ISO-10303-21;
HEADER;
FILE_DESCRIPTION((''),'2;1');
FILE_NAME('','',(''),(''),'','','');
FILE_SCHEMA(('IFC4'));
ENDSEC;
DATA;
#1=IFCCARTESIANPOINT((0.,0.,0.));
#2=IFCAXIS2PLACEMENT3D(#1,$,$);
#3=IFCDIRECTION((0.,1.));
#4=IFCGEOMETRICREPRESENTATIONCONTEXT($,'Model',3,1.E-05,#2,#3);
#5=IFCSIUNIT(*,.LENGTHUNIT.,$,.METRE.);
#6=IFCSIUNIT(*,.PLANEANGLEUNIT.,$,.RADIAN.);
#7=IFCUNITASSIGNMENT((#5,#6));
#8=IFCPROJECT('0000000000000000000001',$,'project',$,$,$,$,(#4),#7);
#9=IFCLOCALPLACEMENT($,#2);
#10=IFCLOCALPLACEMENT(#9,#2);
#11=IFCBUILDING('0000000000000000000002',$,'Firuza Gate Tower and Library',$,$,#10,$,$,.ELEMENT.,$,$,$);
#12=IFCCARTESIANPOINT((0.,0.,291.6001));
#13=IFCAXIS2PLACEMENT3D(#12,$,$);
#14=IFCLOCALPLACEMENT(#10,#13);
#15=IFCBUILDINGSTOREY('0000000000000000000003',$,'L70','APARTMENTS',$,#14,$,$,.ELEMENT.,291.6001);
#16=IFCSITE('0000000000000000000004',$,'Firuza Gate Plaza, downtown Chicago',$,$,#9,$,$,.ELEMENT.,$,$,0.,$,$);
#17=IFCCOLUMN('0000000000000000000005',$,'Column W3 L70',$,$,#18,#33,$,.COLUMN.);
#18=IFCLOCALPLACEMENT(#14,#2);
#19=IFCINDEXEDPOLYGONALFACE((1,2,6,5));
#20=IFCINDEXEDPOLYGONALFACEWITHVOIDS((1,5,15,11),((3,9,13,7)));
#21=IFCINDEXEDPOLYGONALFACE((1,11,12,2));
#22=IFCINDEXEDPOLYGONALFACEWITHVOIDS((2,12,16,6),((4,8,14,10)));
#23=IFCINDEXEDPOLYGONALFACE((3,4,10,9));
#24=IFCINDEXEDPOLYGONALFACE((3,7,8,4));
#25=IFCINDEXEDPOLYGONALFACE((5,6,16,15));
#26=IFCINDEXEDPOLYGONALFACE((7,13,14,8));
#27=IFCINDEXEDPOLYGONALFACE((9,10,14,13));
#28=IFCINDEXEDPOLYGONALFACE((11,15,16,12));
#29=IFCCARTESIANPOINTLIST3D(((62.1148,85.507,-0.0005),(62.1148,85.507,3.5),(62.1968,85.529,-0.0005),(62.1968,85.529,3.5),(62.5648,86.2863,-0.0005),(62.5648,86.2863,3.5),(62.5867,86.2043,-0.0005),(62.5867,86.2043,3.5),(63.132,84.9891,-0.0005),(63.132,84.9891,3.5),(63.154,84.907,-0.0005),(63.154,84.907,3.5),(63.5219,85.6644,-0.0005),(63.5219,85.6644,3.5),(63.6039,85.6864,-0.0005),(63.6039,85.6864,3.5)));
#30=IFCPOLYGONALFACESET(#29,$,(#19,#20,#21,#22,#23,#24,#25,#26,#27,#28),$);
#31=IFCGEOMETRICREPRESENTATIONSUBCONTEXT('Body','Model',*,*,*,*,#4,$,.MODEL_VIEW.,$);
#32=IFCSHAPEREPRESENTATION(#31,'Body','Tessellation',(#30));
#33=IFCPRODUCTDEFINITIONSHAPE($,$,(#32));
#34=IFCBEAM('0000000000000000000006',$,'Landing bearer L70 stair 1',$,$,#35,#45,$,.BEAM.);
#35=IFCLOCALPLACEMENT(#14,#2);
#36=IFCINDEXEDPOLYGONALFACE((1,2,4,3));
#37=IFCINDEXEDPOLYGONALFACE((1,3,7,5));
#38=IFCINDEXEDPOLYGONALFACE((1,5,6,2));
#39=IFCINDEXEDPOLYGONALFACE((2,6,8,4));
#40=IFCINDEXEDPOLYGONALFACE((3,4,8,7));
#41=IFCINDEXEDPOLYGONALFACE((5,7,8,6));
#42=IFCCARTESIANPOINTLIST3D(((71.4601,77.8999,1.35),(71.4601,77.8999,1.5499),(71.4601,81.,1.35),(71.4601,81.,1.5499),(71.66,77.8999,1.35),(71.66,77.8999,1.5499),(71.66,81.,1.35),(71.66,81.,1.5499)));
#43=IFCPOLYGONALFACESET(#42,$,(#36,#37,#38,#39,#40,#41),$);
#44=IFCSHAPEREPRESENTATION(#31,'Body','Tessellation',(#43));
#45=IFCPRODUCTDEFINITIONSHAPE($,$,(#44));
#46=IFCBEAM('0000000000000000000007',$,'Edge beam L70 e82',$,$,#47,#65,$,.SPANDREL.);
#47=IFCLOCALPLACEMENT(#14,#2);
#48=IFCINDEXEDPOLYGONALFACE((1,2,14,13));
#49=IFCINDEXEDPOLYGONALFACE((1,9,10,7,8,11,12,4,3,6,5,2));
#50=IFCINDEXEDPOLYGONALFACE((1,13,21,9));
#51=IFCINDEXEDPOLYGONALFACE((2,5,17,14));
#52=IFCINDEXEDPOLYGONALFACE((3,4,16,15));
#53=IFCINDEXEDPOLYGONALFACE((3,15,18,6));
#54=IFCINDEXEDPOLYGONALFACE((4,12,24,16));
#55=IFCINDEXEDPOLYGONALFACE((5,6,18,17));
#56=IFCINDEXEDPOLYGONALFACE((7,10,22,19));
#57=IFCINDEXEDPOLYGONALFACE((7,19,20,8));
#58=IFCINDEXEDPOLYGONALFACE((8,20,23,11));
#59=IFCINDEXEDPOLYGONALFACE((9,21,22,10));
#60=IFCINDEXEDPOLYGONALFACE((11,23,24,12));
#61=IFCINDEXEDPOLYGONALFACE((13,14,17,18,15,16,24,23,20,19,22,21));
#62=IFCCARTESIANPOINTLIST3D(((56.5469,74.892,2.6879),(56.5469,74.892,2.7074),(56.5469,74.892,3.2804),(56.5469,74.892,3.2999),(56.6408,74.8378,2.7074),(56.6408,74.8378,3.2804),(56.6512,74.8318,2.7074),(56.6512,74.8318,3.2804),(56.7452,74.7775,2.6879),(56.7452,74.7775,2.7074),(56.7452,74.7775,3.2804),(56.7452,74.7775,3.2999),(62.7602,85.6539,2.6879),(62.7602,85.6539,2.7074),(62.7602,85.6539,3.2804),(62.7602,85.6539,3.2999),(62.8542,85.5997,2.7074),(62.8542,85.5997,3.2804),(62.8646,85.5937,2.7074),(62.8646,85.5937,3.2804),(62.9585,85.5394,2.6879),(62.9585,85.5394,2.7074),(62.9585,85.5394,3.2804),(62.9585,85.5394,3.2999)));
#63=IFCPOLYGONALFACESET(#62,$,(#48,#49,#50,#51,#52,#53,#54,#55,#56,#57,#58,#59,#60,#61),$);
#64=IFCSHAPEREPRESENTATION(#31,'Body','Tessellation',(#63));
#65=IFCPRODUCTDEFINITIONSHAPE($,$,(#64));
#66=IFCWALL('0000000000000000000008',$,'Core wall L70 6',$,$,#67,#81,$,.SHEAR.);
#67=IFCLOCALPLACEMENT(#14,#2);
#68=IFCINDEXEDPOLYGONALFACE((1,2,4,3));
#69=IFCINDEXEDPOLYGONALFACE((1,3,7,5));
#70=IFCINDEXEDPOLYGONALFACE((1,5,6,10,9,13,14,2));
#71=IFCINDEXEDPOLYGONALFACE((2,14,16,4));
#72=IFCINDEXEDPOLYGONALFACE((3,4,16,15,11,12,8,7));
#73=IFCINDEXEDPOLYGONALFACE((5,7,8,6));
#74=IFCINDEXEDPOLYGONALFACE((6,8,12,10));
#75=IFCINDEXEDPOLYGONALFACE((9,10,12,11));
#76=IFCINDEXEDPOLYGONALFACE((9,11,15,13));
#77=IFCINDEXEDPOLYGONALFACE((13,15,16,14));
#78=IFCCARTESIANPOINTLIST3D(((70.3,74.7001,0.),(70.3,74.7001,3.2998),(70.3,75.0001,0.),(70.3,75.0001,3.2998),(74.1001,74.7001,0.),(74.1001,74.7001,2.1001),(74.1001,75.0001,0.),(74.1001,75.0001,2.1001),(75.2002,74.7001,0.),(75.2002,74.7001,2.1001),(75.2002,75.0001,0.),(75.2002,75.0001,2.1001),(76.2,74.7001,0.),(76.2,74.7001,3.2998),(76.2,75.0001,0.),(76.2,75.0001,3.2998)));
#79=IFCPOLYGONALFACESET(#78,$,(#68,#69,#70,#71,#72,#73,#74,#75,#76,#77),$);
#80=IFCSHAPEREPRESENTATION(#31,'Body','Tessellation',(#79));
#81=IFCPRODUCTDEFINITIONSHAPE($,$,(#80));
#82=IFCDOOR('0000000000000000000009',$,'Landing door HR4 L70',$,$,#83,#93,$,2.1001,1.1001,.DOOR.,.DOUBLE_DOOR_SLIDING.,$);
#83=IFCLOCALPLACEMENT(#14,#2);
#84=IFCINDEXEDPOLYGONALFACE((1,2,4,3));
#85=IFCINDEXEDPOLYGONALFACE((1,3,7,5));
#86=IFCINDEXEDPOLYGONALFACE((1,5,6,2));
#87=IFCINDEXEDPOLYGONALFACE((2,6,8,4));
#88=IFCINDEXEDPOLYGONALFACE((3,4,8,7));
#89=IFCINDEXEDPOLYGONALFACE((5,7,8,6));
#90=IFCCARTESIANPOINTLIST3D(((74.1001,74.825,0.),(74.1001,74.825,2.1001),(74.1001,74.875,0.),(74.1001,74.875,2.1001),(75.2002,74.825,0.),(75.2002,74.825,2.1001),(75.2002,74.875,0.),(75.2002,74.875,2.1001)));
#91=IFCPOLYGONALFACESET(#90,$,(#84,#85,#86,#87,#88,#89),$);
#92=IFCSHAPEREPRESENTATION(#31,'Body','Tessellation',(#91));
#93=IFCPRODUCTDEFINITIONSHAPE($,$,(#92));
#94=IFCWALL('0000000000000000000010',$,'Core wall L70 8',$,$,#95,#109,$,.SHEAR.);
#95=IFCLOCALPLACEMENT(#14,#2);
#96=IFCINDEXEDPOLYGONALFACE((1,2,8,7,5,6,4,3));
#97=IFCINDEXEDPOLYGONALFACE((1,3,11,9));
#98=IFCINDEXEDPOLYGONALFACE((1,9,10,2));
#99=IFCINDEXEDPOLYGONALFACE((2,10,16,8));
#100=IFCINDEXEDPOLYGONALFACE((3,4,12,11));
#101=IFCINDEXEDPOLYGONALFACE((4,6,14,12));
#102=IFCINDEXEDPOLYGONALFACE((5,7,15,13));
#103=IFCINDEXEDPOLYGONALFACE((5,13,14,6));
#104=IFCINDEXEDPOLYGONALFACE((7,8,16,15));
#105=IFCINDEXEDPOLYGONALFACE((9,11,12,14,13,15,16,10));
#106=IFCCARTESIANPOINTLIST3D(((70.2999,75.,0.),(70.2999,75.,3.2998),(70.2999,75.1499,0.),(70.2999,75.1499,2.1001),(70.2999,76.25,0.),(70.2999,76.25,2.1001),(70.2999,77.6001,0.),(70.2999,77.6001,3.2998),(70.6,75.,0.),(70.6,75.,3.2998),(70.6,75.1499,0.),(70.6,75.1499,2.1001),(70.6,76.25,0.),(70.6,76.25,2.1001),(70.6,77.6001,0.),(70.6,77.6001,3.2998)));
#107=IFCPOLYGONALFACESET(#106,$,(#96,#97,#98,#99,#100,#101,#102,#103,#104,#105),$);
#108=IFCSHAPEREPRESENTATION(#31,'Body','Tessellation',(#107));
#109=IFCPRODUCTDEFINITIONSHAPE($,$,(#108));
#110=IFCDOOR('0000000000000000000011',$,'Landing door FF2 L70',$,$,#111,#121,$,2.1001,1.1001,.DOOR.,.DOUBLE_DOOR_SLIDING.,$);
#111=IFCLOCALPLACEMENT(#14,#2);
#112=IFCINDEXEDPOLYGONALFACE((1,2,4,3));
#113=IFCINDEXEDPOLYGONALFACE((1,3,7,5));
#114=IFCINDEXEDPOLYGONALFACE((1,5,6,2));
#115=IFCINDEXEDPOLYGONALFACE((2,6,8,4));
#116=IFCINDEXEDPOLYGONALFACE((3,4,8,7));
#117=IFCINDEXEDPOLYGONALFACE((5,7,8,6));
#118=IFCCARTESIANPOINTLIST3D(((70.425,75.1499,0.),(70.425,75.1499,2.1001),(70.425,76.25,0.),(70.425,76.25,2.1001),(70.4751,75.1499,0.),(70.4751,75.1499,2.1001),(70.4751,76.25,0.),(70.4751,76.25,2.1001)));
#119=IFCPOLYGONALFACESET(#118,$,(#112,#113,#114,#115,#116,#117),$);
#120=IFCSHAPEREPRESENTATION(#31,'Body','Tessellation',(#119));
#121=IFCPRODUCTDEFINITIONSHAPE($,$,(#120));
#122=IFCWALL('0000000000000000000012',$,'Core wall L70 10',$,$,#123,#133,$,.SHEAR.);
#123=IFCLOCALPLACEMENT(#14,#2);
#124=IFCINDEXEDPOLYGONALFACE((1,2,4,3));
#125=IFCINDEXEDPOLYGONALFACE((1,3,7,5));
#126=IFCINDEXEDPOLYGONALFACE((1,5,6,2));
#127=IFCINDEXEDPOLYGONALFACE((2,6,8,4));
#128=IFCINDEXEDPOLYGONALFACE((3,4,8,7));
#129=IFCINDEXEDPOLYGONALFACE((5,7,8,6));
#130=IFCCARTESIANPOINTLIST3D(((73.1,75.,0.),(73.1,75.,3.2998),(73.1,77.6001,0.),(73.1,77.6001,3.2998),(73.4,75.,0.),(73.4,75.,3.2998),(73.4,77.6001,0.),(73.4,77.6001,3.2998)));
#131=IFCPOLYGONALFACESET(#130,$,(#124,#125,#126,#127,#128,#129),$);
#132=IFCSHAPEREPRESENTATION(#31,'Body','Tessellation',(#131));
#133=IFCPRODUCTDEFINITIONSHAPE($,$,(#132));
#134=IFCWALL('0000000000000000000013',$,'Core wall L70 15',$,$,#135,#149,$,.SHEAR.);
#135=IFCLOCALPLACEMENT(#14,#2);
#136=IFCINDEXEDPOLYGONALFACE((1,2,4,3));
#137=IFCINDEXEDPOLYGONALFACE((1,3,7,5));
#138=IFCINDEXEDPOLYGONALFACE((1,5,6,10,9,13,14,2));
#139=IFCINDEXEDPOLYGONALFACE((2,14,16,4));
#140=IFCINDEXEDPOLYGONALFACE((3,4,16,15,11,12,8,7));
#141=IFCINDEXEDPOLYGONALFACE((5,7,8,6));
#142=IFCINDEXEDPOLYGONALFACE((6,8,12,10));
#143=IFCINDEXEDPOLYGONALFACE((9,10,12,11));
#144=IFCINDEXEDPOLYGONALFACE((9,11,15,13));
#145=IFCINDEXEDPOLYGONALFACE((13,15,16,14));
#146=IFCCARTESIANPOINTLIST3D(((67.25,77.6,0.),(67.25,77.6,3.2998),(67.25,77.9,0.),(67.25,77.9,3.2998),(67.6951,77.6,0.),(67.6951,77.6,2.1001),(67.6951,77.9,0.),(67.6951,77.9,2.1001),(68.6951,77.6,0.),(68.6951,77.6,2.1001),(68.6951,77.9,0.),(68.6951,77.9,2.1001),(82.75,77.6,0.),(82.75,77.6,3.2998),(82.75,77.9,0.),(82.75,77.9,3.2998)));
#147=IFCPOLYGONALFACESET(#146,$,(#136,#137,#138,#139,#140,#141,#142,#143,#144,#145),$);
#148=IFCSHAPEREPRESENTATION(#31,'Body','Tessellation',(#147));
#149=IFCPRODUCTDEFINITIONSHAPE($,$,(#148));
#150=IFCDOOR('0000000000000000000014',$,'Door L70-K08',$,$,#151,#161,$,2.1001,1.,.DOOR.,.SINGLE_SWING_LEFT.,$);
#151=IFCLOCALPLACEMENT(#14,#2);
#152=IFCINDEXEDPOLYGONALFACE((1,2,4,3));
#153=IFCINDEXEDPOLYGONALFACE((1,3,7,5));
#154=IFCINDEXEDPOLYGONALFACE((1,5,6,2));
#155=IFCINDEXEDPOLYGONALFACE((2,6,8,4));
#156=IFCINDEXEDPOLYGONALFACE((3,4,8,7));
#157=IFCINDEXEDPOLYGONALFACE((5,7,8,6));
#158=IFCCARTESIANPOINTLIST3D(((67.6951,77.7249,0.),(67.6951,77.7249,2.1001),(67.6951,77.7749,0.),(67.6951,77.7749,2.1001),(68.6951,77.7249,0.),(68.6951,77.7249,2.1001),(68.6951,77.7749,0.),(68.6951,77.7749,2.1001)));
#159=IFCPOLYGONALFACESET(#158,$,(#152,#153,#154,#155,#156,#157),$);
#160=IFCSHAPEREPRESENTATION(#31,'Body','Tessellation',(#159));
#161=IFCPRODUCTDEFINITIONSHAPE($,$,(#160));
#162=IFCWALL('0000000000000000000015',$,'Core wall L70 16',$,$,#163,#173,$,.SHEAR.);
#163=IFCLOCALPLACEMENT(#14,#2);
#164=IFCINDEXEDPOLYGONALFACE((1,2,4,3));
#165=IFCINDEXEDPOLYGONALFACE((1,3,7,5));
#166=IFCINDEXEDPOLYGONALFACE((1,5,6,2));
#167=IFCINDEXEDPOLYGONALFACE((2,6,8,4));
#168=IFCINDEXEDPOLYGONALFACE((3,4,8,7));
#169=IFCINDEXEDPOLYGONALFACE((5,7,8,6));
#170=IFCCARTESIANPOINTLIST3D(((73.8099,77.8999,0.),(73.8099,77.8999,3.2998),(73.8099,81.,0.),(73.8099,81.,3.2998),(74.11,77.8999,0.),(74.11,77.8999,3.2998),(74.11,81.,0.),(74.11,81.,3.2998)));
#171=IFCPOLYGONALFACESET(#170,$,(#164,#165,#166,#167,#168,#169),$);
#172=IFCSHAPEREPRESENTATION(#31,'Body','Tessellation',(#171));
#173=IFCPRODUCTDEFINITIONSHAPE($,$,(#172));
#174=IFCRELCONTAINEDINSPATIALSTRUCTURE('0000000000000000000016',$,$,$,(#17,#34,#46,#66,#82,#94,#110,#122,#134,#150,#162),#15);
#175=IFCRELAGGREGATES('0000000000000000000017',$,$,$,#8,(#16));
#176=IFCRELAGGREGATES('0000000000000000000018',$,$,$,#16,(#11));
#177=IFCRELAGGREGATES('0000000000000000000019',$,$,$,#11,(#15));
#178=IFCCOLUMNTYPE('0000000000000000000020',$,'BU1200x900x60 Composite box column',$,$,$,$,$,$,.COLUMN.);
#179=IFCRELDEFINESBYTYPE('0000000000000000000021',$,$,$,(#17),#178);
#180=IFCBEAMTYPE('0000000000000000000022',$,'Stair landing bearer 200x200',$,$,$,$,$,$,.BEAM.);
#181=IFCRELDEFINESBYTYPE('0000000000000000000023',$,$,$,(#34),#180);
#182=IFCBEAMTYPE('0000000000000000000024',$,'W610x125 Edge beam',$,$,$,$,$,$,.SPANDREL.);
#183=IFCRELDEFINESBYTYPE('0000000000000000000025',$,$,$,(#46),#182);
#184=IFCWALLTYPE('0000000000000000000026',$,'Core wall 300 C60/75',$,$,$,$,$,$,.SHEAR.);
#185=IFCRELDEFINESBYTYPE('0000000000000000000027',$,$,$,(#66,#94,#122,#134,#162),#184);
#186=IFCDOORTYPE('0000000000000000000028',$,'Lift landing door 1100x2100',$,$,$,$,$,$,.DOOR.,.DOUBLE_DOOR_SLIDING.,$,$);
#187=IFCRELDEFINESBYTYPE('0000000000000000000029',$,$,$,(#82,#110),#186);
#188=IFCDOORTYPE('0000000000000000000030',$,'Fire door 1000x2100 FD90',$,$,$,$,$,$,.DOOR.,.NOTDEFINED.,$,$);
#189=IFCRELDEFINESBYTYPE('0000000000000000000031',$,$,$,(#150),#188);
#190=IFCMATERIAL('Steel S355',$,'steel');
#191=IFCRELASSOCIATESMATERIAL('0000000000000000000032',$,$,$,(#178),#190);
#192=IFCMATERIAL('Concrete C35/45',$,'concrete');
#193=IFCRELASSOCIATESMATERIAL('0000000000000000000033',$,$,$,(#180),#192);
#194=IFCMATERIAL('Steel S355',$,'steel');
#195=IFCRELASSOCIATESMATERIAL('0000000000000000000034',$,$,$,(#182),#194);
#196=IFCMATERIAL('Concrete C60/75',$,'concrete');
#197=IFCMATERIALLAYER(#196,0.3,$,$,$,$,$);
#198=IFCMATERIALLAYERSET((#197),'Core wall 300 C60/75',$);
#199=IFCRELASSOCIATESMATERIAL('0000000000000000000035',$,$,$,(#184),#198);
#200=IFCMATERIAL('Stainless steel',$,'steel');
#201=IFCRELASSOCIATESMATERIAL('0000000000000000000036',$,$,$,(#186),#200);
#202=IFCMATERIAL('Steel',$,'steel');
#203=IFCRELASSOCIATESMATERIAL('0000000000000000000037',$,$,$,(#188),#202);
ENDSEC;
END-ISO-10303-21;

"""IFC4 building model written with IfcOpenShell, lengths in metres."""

from ifc_helpers import new_model, si_unit, direction, frame, frame_2d, origin, origin_2d, place, context, subcontext, project, spatial, rectangle, hollow_rectangle, i_section, extrude, material, layer, layer_set, material_profile, profile_set, type_object, element, fill, save


model = new_model("IFC4")

# Units and contexts
model_context = context("Model", 3, precision=1e-05, world=origin(), true_north=direction((0.0, 1.0)))
body_context = subcontext(model_context, "Body", "Model", "MODEL_VIEW")
ifc_project = project(units=[si_unit("LENGTHUNIT", "METRE"), si_unit("PLANEANGLEUNIT", "RADIAN")], contexts=[model_context])

# Site, building, storey
site_placement = place(None, origin())
site = spatial("IfcSite", under=ifc_project, at=site_placement, Name="Firuza Gate Plaza, downtown Chicago", CompositionType="ELEMENT", RefElevation=0.0)
building_placement = place(site_placement, origin())
building = spatial("IfcBuilding", under=site, at=building_placement, Name="Firuza Gate Tower and Library", CompositionType="ELEMENT")
storey_placement = place(building_placement, frame((0.0, 0.0, 291.6001)))
storey = spatial("IfcBuildingStorey", under=building, at=storey_placement, Name="L70", Description="APARTMENTS", CompositionType="ELEMENT", Elevation=291.6001)

# Column
ifc_material_1 = material(Name="Steel S355", Category="steel")
ifc_material_profile_1 = material_profile(ifc_material_1, hollow_rectangle(XDim=0.8999, YDim=1.2, WallThickness=0.0601, at=origin_2d()))
ifc_profile_set_1 = profile_set([ifc_material_profile_1], Name="Steel S355")
column_type = type_object("IfcColumnType", Name="BU1200x900x60 Composite box column", PredefinedType="COLUMN", material=ifc_profile_set_1)
column_placement = place(storey_placement, frame((62.8594, 85.5967, -0.0005), z_axis=(0.0, 0.0, 1.0), x_axis=(-0.5, -0.866025, 0.0)))
element("IfcColumn", 1, at=column_placement, inside=storey, type_object=column_type, Name="Column W3 L70", PredefinedType="COLUMN", context=body_context, shape_type="SweptSolid", body=[
    extrude(hollow_rectangle(XDim=0.8999, YDim=1.2, WallThickness=0.0601, at=origin_2d()), origin(), (0.0, 0.0, 1.0), 3.5005),
])

# Beams
ifc_material_2 = material(Name="Concrete C35/45", Category="concrete")
ifc_material_profile_2 = material_profile(ifc_material_2, rectangle(XDim=0.2, YDim=0.2, at=origin_2d()))
ifc_profile_set_2 = profile_set([ifc_material_profile_2], Name="Concrete C35/45")
beam_type_1 = type_object("IfcBeamType", Name="Stair landing bearer 200x200", PredefinedType="BEAM", material=ifc_profile_set_2)
beam_1_placement = place(storey_placement, frame((71.5601, 77.8999, 1.45), z_axis=(0.0, 1.0, 0.0), x_axis=(-1.0, 0.0, 0.0)))
element("IfcBeam", 2, at=beam_1_placement, inside=storey, type_object=beam_type_1, Name="Landing bearer L70 stair 1", PredefinedType="BEAM", context=body_context, shape_type="SweptSolid", body=[
    extrude(rectangle(XDim=0.2, YDim=0.2, at=origin_2d()), origin(), (0.0, 0.0, 1.0), 3.1001),
])
ifc_material_3 = material(Name="Steel S355", Category="steel")
ifc_material_profile_3 = material_profile(ifc_material_3, i_section(OverallWidth=0.229, OverallDepth=0.6121, WebThickness=0.012, FlangeThickness=0.0195, at=origin_2d()))
ifc_profile_set_3 = profile_set([ifc_material_profile_3], Name="Steel S355")
beam_type_2 = type_object("IfcBeamType", Name="W610x125 Edge beam", PredefinedType="SPANDREL", material=ifc_profile_set_3)
beam_2_placement = place(storey_placement, frame((62.8594, 85.5967, 2.9939), z_axis=(-0.499997, -0.866027, 0.0), x_axis=(0.866027, -0.499997, 0.0)))
element("IfcBeam", 3, at=beam_2_placement, inside=storey, type_object=beam_type_2, Name="Edge beam L70 e82", PredefinedType="SPANDREL", context=body_context, shape_type="SweptSolid", body=[
    extrude(i_section(OverallWidth=0.229, OverallDepth=0.6121, WebThickness=0.012, FlangeThickness=0.0195, at=origin_2d()), origin(), (0.0, 0.0, 1.0), 12.4268),
])

# Walls, openings, doors
ifc_material_4 = material(Name="Concrete C60/75", Category="concrete")
ifc_layer_1 = layer(ifc_material_4, 0.3)
ifc_layer_set_1 = layer_set([ifc_layer_1], Name="Core wall 300 C60/75")
wall_type_1 = type_object("IfcWallType", Name="Core wall 300 C60/75", PredefinedType="SHEAR", material=ifc_layer_set_1)
wall_1_placement = place(storey_placement, frame((70.3, 74.8501, 0.0), z_axis=(0.0, 0.0, 1.0), x_axis=(1.0, 0.0, 0.0)))
wall_1 = element("IfcWall", 4, at=wall_1_placement, inside=storey, type_object=wall_type_1, Name="Core wall L70 6", PredefinedType="SHEAR", context=body_context, shape_type="SweptSolid", body=[
    extrude(rectangle(XDim=5.8999, YDim=0.3, at=frame_2d((2.95, 0.0))), origin(), (0.0, 0.0, 1.0), 3.2998),
])
opening_1_placement = place(wall_1_placement, frame((3.8, 0.0, 0.0)))
opening_1 = element("IfcOpeningElement", 5, at=opening_1_placement, cuts=wall_1, PredefinedType="OPENING", context=body_context, shape_type="SweptSolid", body=[
    extrude(rectangle(XDim=1.1001, YDim=2.1001, at=frame_2d((0.55, 1.05))), frame((0.0, 0.1602, 0.0), z_axis=(0.0, -1.0, 0.0), x_axis=(1.0, 0.0, 0.0)), (0.0, 0.0, 1.0), 0.3201),
])
ifc_material_5 = material(Name="Stainless steel", Category="steel")
door_type_1 = type_object("IfcDoorType", Name="Lift landing door 1100x2100", OperationType="DOUBLE_DOOR_SLIDING", PredefinedType="DOOR", material=ifc_material_5)
door_1_placement = place(opening_1_placement, origin())
door_1 = element("IfcDoor", 6, at=door_1_placement, inside=storey, type_object=door_type_1, Name="Landing door HR4 L70", OperationType="DOUBLE_DOOR_SLIDING", OverallHeight=2.1001, OverallWidth=1.1001, PredefinedType="DOOR", context=body_context, shape_type="SweptSolid", body=[
    extrude(rectangle(XDim=1.1001, YDim=2.1001, at=frame_2d((0.55, 1.05))), frame((0.0, 0.0249, 0.0), z_axis=(0.0, -1.0, 0.0), x_axis=(1.0, 0.0, 0.0)), (0.0, 0.0, 1.0), 0.05),
])
fill(opening_1, door_1)
wall_2_placement = place(storey_placement, frame((70.45, 75.0, 0.0), z_axis=(0.0, 0.0, 1.0), x_axis=(0.0, 1.0, 0.0)))
wall_2 = element("IfcWall", 7, at=wall_2_placement, inside=storey, type_object=wall_type_1, Name="Core wall L70 8", PredefinedType="SHEAR", context=body_context, shape_type="SweptSolid", body=[
    extrude(rectangle(XDim=2.6001, YDim=0.3, at=frame_2d((1.3, 0.0))), origin(), (0.0, 0.0, 1.0), 3.2998),
])
opening_2_placement = place(wall_2_placement, frame((0.1499, 0.0, 0.0)))
opening_2 = element("IfcOpeningElement", 8, at=opening_2_placement, cuts=wall_2, PredefinedType="OPENING", context=body_context, shape_type="SweptSolid", body=[
    extrude(rectangle(XDim=1.1001, YDim=2.1001, at=frame_2d((0.55, 1.05))), frame((0.0, 0.1602, 0.0), z_axis=(0.0, -1.0, 0.0), x_axis=(1.0, 0.0, 0.0)), (0.0, 0.0, 1.0), 0.3201),
])
door_2_placement = place(opening_2_placement, origin())
door_2 = element("IfcDoor", 9, at=door_2_placement, inside=storey, type_object=door_type_1, Name="Landing door FF2 L70", OperationType="DOUBLE_DOOR_SLIDING", OverallHeight=2.1001, OverallWidth=1.1001, PredefinedType="DOOR", context=body_context, shape_type="SweptSolid", body=[
    extrude(rectangle(XDim=1.1001, YDim=2.1001, at=frame_2d((0.55, 1.05))), frame((0.0, 0.0249, 0.0), z_axis=(0.0, -1.0, 0.0), x_axis=(1.0, 0.0, 0.0)), (0.0, 0.0, 1.0), 0.05),
])
fill(opening_2, door_2)

# Wall
wall_3_placement = place(storey_placement, frame((73.25, 75.0, 0.0), z_axis=(0.0, 0.0, 1.0), x_axis=(0.0, 1.0, 0.0)))
element("IfcWall", 10, at=wall_3_placement, inside=storey, type_object=wall_type_1, Name="Core wall L70 10", PredefinedType="SHEAR", context=body_context, shape_type="SweptSolid", body=[
    extrude(rectangle(XDim=2.6001, YDim=0.3, at=frame_2d((1.3, 0.0))), origin(), (0.0, 0.0, 1.0), 3.2998),
])

# Wall, opening, door
wall_4_placement = place(storey_placement, frame((67.25, 77.75, 0.0), z_axis=(0.0, 0.0, 1.0), x_axis=(1.0, 0.0, 0.0)))
wall_4 = element("IfcWall", 11, at=wall_4_placement, inside=storey, type_object=wall_type_1, Name="Core wall L70 15", PredefinedType="SHEAR", context=body_context, shape_type="SweptSolid", body=[
    extrude(rectangle(XDim=15.5, YDim=0.3, at=frame_2d((7.75, 0.0))), origin(), (0.0, 0.0, 1.0), 3.2998),
])
opening_3_placement = place(wall_4_placement, frame((0.4451, 0.0, 0.0)))
opening_3 = element("IfcOpeningElement", 12, at=opening_3_placement, cuts=wall_4, PredefinedType="OPENING", context=body_context, shape_type="SweptSolid", body=[
    extrude(rectangle(XDim=1.0, YDim=2.1001, at=frame_2d((0.5, 1.05))), frame((0.0, 0.1602, 0.0), z_axis=(0.0, -1.0, 0.0), x_axis=(1.0, 0.0, 0.0)), (0.0, 0.0, 1.0), 0.3201),
])
ifc_material_6 = material(Name="Steel", Category="steel")
door_type_2 = type_object("IfcDoorType", Name="Fire door 1000x2100 FD90", OperationType="NOTDEFINED", PredefinedType="DOOR", material=ifc_material_6)
door_3_placement = place(opening_3_placement, origin())
door_3 = element("IfcDoor", 13, at=door_3_placement, inside=storey, type_object=door_type_2, Name="Door L70-K08", OperationType="SINGLE_SWING_LEFT", OverallHeight=2.1001, OverallWidth=1.0, PredefinedType="DOOR", context=body_context, shape_type="SweptSolid", body=[
    extrude(rectangle(XDim=1.0, YDim=2.1001, at=frame_2d((0.5, 1.05))), frame((0.0, 0.0249, 0.0), z_axis=(0.0, -1.0, 0.0), x_axis=(1.0, 0.0, 0.0)), (0.0, 0.0, 1.0), 0.05),
])
fill(opening_3, door_3)

# Wall
wall_5_placement = place(storey_placement, frame((73.96, 77.8999, 0.0), z_axis=(0.0, 0.0, 1.0), x_axis=(0.0, 1.0, 0.0)))
element("IfcWall", 14, at=wall_5_placement, inside=storey, type_object=wall_type_1, Name="Core wall L70 16", PredefinedType="SHEAR", context=body_context, shape_type="SweptSolid", body=[
    extrude(rectangle(XDim=3.1001, YDim=0.3, at=frame_2d((1.55, 0.0))), origin(), (0.0, 0.0, 1.0), 3.2998),
])

save(model, "model.ifc")
